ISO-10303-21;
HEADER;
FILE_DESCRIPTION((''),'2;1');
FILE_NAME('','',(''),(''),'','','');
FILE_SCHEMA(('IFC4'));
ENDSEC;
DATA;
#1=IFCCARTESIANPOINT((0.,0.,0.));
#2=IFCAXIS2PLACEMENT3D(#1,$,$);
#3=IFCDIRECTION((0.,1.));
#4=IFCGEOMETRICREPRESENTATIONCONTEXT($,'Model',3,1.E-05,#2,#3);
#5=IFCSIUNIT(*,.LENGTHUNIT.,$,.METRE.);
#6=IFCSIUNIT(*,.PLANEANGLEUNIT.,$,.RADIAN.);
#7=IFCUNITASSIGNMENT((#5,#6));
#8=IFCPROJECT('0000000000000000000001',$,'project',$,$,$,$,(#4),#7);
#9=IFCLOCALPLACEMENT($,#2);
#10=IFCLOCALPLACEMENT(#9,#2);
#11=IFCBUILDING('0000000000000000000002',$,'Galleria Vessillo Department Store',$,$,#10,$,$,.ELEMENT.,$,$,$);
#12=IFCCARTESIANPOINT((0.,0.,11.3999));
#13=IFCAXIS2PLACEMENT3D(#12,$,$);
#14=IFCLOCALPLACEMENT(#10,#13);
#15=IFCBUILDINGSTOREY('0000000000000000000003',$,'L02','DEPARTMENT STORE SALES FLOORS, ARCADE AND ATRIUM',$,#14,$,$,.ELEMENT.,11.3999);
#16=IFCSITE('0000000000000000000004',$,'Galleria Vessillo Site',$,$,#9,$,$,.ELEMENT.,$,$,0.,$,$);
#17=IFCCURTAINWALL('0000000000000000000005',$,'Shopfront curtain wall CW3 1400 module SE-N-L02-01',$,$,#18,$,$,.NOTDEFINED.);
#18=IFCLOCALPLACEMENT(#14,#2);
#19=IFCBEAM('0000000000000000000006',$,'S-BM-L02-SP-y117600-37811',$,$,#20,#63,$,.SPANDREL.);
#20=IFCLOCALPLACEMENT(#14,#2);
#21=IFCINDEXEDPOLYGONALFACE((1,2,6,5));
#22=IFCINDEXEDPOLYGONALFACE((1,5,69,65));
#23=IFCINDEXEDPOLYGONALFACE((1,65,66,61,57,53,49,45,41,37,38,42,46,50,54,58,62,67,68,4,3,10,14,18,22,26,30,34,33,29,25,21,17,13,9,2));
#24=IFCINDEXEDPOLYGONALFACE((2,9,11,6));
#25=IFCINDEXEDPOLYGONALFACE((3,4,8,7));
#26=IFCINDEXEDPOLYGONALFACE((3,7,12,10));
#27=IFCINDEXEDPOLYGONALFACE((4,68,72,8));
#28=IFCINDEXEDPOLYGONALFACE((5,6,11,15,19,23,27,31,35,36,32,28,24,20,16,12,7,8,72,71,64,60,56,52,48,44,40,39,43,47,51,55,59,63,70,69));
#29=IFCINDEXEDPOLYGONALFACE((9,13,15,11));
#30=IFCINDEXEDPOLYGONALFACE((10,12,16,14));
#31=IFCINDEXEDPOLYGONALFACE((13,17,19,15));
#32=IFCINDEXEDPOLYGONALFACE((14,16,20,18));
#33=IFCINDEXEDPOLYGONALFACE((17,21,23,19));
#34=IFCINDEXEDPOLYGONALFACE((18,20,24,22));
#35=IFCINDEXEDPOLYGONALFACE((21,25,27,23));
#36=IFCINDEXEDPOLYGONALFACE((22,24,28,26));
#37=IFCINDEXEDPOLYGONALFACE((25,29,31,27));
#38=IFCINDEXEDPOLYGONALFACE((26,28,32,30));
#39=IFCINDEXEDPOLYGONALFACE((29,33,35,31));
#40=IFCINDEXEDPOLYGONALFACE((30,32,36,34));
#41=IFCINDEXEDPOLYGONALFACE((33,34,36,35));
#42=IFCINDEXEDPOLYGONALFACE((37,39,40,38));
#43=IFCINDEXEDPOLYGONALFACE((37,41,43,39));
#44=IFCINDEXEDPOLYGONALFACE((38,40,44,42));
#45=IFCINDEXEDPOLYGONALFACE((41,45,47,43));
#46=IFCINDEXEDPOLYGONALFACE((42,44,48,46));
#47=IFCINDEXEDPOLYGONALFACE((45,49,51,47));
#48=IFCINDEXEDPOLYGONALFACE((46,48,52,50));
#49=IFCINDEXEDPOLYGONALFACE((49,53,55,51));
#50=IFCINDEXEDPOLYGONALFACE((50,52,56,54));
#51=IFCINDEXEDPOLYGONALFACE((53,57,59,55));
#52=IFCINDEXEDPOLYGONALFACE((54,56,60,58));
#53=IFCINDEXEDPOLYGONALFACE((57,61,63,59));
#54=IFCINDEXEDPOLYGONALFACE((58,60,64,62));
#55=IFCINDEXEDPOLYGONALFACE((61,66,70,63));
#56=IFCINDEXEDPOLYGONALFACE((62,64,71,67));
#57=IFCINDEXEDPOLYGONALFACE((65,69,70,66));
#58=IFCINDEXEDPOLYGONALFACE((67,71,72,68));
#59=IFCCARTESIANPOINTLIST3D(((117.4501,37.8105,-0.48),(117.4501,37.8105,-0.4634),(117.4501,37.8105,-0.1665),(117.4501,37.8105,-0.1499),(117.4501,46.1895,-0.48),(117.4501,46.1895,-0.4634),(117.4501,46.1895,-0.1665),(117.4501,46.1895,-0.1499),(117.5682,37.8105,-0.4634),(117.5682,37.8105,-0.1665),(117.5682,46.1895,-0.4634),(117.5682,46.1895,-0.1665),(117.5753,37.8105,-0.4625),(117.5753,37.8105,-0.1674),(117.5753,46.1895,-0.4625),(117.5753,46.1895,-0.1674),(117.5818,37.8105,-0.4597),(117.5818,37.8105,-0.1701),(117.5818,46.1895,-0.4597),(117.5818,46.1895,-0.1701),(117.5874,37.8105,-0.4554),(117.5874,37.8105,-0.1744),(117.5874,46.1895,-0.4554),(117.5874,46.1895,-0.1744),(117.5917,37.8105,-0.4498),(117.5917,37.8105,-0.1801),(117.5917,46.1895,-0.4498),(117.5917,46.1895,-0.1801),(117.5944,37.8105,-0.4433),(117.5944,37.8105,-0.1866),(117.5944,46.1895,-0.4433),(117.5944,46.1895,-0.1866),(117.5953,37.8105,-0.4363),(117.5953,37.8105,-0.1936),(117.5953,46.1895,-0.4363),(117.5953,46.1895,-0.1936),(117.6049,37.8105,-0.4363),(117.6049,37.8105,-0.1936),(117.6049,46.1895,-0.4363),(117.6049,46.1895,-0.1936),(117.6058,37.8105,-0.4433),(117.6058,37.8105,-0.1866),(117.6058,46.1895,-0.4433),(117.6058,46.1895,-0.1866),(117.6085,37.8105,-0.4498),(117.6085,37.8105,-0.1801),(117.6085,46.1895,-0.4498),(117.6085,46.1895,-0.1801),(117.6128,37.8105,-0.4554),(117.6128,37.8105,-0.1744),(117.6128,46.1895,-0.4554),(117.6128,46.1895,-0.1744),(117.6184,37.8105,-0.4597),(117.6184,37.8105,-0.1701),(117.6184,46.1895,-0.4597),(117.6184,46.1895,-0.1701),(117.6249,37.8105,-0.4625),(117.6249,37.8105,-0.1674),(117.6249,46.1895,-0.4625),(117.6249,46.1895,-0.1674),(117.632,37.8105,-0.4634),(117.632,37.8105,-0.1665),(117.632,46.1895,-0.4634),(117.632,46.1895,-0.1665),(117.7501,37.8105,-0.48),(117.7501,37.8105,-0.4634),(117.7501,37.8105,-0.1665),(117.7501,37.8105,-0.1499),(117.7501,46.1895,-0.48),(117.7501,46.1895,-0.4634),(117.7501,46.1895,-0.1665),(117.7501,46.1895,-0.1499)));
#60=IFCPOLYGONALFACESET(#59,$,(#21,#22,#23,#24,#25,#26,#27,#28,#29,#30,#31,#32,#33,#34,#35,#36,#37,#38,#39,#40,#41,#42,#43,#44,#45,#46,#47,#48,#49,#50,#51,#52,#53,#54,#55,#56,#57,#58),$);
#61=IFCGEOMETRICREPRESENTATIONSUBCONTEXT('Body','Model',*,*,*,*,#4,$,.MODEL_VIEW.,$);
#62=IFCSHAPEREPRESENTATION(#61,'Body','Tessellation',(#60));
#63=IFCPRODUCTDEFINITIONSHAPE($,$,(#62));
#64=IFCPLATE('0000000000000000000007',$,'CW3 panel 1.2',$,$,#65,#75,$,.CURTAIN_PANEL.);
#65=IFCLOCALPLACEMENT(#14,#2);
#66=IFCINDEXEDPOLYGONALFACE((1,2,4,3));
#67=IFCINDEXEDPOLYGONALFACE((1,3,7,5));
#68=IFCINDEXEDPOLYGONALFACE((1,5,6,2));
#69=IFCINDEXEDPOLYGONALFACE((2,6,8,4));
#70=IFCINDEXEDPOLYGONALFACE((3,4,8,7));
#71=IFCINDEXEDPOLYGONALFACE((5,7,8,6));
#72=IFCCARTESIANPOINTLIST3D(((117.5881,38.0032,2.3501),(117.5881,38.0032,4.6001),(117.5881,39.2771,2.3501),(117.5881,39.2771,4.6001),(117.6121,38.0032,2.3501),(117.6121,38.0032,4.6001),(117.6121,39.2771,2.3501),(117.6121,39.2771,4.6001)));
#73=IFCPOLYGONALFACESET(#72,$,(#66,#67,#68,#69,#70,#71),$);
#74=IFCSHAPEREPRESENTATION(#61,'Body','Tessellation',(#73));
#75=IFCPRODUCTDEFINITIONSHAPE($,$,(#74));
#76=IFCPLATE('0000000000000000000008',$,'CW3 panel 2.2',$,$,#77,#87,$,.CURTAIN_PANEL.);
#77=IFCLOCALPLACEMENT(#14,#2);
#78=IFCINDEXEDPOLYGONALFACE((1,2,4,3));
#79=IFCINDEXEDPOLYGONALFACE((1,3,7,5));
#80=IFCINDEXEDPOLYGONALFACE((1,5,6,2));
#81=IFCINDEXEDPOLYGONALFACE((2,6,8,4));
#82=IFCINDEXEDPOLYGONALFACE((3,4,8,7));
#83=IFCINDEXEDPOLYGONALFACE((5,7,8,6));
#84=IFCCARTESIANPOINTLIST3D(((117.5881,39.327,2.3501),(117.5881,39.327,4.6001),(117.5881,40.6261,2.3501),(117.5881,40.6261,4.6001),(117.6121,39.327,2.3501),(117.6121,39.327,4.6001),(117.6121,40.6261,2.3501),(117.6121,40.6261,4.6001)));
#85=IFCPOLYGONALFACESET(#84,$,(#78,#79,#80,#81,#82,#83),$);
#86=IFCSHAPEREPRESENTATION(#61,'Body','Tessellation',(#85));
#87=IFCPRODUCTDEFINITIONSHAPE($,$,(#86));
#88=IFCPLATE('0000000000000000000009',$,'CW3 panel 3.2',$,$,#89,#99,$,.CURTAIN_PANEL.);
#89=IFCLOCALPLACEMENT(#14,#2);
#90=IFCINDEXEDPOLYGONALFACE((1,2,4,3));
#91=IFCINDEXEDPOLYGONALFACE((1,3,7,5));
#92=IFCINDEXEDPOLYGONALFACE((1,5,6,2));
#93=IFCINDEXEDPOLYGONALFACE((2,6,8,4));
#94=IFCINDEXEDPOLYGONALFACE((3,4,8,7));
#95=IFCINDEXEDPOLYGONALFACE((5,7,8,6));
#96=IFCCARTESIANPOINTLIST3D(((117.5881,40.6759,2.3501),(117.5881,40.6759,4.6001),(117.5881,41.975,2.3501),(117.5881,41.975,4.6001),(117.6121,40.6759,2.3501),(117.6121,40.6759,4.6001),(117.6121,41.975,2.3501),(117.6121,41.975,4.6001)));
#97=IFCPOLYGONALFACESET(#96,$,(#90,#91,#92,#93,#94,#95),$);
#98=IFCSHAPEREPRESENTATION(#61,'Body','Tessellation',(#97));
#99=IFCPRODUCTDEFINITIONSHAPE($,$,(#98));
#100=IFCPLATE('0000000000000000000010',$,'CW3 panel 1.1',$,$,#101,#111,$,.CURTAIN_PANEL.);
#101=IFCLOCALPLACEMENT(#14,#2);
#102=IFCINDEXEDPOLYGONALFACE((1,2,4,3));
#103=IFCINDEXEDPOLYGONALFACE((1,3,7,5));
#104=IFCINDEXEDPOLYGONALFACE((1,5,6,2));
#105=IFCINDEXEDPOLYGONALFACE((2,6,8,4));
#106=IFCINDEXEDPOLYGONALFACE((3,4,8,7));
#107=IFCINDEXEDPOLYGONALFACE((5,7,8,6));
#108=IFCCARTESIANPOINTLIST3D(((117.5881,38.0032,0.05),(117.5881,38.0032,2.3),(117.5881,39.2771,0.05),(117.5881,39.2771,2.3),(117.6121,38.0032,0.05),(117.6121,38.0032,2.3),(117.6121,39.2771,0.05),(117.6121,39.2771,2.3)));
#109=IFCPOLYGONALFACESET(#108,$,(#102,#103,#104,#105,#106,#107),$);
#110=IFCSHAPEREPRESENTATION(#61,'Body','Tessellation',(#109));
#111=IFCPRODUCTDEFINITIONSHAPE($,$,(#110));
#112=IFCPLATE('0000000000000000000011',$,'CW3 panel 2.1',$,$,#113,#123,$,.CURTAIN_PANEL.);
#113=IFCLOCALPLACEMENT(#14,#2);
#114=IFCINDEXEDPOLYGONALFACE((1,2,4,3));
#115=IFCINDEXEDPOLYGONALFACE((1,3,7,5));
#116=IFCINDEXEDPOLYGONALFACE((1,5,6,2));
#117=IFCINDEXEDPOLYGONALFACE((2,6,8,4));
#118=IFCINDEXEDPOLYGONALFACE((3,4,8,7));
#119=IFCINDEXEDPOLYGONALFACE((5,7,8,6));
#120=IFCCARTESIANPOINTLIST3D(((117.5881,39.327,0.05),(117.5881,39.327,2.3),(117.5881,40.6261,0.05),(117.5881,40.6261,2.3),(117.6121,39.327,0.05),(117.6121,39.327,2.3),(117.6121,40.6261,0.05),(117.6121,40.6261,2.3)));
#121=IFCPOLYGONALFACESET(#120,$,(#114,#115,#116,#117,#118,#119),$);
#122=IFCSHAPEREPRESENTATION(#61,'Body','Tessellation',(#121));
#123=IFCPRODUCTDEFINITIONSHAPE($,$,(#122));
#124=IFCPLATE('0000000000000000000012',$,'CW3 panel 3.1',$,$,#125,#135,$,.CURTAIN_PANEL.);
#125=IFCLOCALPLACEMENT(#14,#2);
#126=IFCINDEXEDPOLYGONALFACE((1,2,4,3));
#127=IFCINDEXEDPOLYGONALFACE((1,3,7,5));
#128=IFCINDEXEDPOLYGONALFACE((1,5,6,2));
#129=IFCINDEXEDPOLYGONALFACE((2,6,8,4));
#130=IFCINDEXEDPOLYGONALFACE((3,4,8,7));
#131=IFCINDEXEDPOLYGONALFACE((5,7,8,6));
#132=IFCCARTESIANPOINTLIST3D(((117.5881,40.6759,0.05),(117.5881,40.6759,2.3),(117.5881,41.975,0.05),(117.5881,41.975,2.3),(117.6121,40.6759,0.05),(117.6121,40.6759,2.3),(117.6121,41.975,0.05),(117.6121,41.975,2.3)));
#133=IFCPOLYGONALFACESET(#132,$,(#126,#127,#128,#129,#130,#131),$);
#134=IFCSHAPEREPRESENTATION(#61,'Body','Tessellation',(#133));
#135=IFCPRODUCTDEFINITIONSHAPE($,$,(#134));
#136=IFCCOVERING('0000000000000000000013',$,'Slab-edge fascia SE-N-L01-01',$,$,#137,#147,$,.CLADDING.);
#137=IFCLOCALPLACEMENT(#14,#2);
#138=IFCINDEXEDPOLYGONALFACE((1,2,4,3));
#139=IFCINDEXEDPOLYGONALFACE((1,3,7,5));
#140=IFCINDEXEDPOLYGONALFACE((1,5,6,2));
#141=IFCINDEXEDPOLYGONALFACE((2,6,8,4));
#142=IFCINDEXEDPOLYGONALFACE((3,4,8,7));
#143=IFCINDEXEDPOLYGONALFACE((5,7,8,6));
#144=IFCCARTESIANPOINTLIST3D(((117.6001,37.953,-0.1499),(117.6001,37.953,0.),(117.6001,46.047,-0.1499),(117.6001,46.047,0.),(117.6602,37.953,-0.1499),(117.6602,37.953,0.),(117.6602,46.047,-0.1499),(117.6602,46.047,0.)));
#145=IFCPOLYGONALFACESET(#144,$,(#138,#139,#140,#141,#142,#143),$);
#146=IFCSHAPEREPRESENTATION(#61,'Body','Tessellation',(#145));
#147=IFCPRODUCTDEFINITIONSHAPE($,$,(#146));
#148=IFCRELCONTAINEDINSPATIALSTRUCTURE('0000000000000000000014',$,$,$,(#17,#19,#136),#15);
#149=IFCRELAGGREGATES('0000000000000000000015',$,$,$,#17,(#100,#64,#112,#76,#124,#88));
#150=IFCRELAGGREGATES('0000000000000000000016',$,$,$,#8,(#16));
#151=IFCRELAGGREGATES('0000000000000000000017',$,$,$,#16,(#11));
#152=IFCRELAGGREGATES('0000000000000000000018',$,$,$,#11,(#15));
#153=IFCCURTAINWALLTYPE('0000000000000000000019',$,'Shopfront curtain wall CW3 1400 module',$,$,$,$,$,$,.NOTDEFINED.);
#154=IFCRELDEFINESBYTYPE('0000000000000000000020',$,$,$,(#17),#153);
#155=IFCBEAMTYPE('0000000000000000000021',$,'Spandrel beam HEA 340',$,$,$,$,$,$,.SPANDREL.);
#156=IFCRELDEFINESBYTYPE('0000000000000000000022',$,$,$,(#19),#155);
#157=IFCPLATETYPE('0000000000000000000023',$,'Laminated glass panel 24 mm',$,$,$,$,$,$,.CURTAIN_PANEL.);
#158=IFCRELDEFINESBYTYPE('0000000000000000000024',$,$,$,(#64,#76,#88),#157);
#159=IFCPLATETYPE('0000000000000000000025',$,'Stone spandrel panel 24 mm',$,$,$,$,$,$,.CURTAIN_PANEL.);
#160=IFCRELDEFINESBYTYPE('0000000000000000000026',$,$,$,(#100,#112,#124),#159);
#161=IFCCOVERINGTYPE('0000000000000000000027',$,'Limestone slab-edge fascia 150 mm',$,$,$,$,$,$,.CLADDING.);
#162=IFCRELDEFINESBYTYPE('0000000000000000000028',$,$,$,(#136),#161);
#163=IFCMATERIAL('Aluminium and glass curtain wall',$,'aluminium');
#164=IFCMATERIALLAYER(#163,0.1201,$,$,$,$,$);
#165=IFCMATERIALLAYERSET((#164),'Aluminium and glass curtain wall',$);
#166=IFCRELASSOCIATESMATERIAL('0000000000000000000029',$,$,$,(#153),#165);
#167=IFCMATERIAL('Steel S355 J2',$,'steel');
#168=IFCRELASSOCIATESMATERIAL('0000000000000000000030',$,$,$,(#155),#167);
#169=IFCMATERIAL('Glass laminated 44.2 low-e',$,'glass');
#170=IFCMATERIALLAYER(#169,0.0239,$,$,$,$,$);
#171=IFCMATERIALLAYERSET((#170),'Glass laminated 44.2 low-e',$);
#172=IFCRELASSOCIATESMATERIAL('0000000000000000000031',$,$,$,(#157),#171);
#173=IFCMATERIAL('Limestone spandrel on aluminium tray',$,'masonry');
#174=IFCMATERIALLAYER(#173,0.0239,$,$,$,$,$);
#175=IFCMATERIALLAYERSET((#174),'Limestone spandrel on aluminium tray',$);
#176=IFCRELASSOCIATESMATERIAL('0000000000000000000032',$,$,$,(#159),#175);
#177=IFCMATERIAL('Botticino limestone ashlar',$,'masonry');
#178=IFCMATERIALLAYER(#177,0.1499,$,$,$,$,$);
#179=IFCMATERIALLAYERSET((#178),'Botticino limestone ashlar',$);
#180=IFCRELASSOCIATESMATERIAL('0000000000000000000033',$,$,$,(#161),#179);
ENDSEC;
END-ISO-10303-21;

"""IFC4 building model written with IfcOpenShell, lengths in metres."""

from ifc_helpers import new_model, si_unit, direction, frame, origin, origin_2d, place, context, subcontext, project, spatial, rectangle, i_section, extrude, material, layer, layer_set, material_profile, profile_set, type_object, element, aggregate, save


model = new_model("IFC4")

# Units and contexts
model_context = context("Model", 3, precision=1e-05, world=origin(), true_north=direction((0.0, 1.0)))
body_context = subcontext(model_context, "Body", "Model", "MODEL_VIEW")
ifc_project = project(units=[si_unit("LENGTHUNIT", "METRE"), si_unit("PLANEANGLEUNIT", "RADIAN")], contexts=[model_context])

# Site, building, storey
site_placement = place(None, origin())
site = spatial("IfcSite", under=ifc_project, at=site_placement, Name="Galleria Vessillo Site", CompositionType="ELEMENT", RefElevation=0.0)
building_placement = place(site_placement, origin())
building = spatial("IfcBuilding", under=site, at=building_placement, Name="Galleria Vessillo Department Store", CompositionType="ELEMENT")
storey_placement = place(building_placement, frame((0.0, 0.0, 11.3999)))
storey = spatial("IfcBuildingStorey", under=building, at=storey_placement, Name="L02", Description="DEPARTMENT STORE SALES FLOORS, ARCADE AND ATRIUM", CompositionType="ELEMENT", Elevation=11.3999)

# Curtain wall
ifc_material_1 = material(Name="Aluminium and glass curtain wall", Category="aluminium")
ifc_layer_1 = layer(ifc_material_1, 0.1201)
ifc_layer_set_1 = layer_set([ifc_layer_1], Name="Aluminium and glass curtain wall")
curtain_wall_type = type_object("IfcCurtainWallType", Name="Shopfront curtain wall CW3 1400 module", PredefinedType="NOTDEFINED", material=ifc_layer_set_1)
curtain_wall_placement = place(storey_placement, origin())
curtain_wall = element("IfcCurtainWall", 1, at=curtain_wall_placement, inside=storey, type_object=curtain_wall_type, Name="Shopfront curtain wall CW3 1400 module SE-N-L02-01", PredefinedType="NOTDEFINED")

# Beam
ifc_material_2 = material(Name="Steel S355 J2", Category="steel")
ifc_material_profile_1 = material_profile(ifc_material_2, i_section(OverallWidth=0.3, OverallDepth=0.3301, WebThickness=0.0095, FlangeThickness=0.0166, FilletRadius=0.0271, at=origin_2d()), Name="HEA 340")
ifc_profile_set_1 = profile_set([ifc_material_profile_1], Name="Steel S355 J2")
beam_type = type_object("IfcBeamType", Name="Spandrel beam HEA 340", PredefinedType="SPANDREL", material=ifc_profile_set_1)
beam_placement = place(storey_placement, frame((117.6001, 37.8105, -0.3149), z_axis=(0.0, 1.0, 0.0), x_axis=(-1.0, 0.0, 0.0)))
element("IfcBeam", 2, at=beam_placement, inside=storey, type_object=beam_type, Name="S-BM-L02-SP-y117600-37811", PredefinedType="SPANDREL", context=body_context, shape_type="SweptSolid", body=[
    extrude(i_section(OverallWidth=0.3, OverallDepth=0.3301, WebThickness=0.0095, FlangeThickness=0.0166, FilletRadius=0.0271, at=origin_2d()), origin(), (0.0, 0.0, 1.0), 8.3789),
])

# Plates
ifc_material_3 = material(Name="Glass laminated 44.2 low-e", Category="glass")
ifc_layer_2 = layer(ifc_material_3, 0.0239)
ifc_layer_set_2 = layer_set([ifc_layer_2], Name="Glass laminated 44.2 low-e")
plate_type_1 = type_object("IfcPlateType", Name="Laminated glass panel 24 mm", PredefinedType="CURTAIN_PANEL", material=ifc_layer_set_2)
plate_1_placement = place(storey_placement, frame((117.6001, 38.6401, 2.3501), z_axis=(0.0, 0.0, 1.0), x_axis=(0.0, 1.0, 0.0)))
plate_1 = element("IfcPlate", 3, at=plate_1_placement, type_object=plate_type_1, Name="CW3 panel 1.2", PredefinedType="CURTAIN_PANEL", context=body_context, shape_type="SweptSolid", body=[
    extrude(rectangle(XDim=1.2739, YDim=0.0239, at=origin_2d()), origin(), (0.0, 0.0, 1.0), 2.25),
])
plate_2_placement = place(storey_placement, frame((117.6001, 39.9766, 2.3501), z_axis=(0.0, 0.0, 1.0), x_axis=(0.0, 1.0, 0.0)))
plate_2 = element("IfcPlate", 4, at=plate_2_placement, type_object=plate_type_1, Name="CW3 panel 2.2", PredefinedType="CURTAIN_PANEL", context=body_context, shape_type="SweptSolid", body=[
    extrude(rectangle(XDim=1.2991, YDim=0.0239, at=origin_2d()), origin(), (0.0, 0.0, 1.0), 2.25),
])
plate_3_placement = place(storey_placement, frame((117.6001, 41.3254, 2.3501), z_axis=(0.0, 0.0, 1.0), x_axis=(0.0, 1.0, 0.0)))
plate_3 = element("IfcPlate", 5, at=plate_3_placement, type_object=plate_type_1, Name="CW3 panel 3.2", PredefinedType="CURTAIN_PANEL", context=body_context, shape_type="SweptSolid", body=[
    extrude(rectangle(XDim=1.2991, YDim=0.0239, at=origin_2d()), origin(), (0.0, 0.0, 1.0), 2.25),
])
ifc_material_4 = material(Name="Limestone spandrel on aluminium tray", Category="masonry")
ifc_layer_3 = layer(ifc_material_4, 0.0239)
ifc_layer_set_3 = layer_set([ifc_layer_3], Name="Limestone spandrel on aluminium tray")
plate_type_2 = type_object("IfcPlateType", Name="Stone spandrel panel 24 mm", PredefinedType="CURTAIN_PANEL", material=ifc_layer_set_3)
plate_4_placement = place(storey_placement, frame((117.6001, 38.6401, 0.05), z_axis=(0.0, 0.0, 1.0), x_axis=(0.0, 1.0, 0.0)))
plate_4 = element("IfcPlate", 6, at=plate_4_placement, type_object=plate_type_2, Name="CW3 panel 1.1", PredefinedType="CURTAIN_PANEL", context=body_context, shape_type="SweptSolid", body=[
    extrude(rectangle(XDim=1.2739, YDim=0.0239, at=origin_2d()), origin(), (0.0, 0.0, 1.0), 2.25),
])
plate_5_placement = place(storey_placement, frame((117.6001, 39.9766, 0.05), z_axis=(0.0, 0.0, 1.0), x_axis=(0.0, 1.0, 0.0)))
plate_5 = element("IfcPlate", 7, at=plate_5_placement, type_object=plate_type_2, Name="CW3 panel 2.1", PredefinedType="CURTAIN_PANEL", context=body_context, shape_type="SweptSolid", body=[
    extrude(rectangle(XDim=1.2991, YDim=0.0239, at=origin_2d()), origin(), (0.0, 0.0, 1.0), 2.25),
])
plate_6_placement = place(storey_placement, frame((117.6001, 41.3254, 0.05), z_axis=(0.0, 0.0, 1.0), x_axis=(0.0, 1.0, 0.0)))
plate_6 = element("IfcPlate", 8, at=plate_6_placement, type_object=plate_type_2, Name="CW3 panel 3.1", PredefinedType="CURTAIN_PANEL", context=body_context, shape_type="SweptSolid", body=[
    extrude(rectangle(XDim=1.2991, YDim=0.0239, at=origin_2d()), origin(), (0.0, 0.0, 1.0), 2.25),
])
aggregate(curtain_wall, [plate_4, plate_1, plate_5, plate_2, plate_6, plate_3])

# Covering
ifc_material_5 = material(Name="Botticino limestone ashlar", Category="masonry")
ifc_layer_4 = layer(ifc_material_5, 0.1499)
ifc_layer_set_4 = layer_set([ifc_layer_4], Name="Botticino limestone ashlar")
covering_type = type_object("IfcCoveringType", Name="Limestone slab-edge fascia 150 mm", PredefinedType="CLADDING", material=ifc_layer_set_4)
covering_placement = place(storey_placement, frame((117.6301, 42.0, -0.1499), z_axis=(0.0, 0.0, 1.0), x_axis=(1.0, 0.0, 0.0)))
element("IfcCovering", 9, at=covering_placement, inside=storey, type_object=covering_type, Name="Slab-edge fascia SE-N-L01-01", PredefinedType="CLADDING", context=body_context, shape_type="SweptSolid", body=[
    extrude(rectangle(XDim=0.0601, YDim=8.094, at=origin_2d()), origin(), (0.0, 0.0, 1.0), 0.1499),
])

save(model, "model.ifc")
